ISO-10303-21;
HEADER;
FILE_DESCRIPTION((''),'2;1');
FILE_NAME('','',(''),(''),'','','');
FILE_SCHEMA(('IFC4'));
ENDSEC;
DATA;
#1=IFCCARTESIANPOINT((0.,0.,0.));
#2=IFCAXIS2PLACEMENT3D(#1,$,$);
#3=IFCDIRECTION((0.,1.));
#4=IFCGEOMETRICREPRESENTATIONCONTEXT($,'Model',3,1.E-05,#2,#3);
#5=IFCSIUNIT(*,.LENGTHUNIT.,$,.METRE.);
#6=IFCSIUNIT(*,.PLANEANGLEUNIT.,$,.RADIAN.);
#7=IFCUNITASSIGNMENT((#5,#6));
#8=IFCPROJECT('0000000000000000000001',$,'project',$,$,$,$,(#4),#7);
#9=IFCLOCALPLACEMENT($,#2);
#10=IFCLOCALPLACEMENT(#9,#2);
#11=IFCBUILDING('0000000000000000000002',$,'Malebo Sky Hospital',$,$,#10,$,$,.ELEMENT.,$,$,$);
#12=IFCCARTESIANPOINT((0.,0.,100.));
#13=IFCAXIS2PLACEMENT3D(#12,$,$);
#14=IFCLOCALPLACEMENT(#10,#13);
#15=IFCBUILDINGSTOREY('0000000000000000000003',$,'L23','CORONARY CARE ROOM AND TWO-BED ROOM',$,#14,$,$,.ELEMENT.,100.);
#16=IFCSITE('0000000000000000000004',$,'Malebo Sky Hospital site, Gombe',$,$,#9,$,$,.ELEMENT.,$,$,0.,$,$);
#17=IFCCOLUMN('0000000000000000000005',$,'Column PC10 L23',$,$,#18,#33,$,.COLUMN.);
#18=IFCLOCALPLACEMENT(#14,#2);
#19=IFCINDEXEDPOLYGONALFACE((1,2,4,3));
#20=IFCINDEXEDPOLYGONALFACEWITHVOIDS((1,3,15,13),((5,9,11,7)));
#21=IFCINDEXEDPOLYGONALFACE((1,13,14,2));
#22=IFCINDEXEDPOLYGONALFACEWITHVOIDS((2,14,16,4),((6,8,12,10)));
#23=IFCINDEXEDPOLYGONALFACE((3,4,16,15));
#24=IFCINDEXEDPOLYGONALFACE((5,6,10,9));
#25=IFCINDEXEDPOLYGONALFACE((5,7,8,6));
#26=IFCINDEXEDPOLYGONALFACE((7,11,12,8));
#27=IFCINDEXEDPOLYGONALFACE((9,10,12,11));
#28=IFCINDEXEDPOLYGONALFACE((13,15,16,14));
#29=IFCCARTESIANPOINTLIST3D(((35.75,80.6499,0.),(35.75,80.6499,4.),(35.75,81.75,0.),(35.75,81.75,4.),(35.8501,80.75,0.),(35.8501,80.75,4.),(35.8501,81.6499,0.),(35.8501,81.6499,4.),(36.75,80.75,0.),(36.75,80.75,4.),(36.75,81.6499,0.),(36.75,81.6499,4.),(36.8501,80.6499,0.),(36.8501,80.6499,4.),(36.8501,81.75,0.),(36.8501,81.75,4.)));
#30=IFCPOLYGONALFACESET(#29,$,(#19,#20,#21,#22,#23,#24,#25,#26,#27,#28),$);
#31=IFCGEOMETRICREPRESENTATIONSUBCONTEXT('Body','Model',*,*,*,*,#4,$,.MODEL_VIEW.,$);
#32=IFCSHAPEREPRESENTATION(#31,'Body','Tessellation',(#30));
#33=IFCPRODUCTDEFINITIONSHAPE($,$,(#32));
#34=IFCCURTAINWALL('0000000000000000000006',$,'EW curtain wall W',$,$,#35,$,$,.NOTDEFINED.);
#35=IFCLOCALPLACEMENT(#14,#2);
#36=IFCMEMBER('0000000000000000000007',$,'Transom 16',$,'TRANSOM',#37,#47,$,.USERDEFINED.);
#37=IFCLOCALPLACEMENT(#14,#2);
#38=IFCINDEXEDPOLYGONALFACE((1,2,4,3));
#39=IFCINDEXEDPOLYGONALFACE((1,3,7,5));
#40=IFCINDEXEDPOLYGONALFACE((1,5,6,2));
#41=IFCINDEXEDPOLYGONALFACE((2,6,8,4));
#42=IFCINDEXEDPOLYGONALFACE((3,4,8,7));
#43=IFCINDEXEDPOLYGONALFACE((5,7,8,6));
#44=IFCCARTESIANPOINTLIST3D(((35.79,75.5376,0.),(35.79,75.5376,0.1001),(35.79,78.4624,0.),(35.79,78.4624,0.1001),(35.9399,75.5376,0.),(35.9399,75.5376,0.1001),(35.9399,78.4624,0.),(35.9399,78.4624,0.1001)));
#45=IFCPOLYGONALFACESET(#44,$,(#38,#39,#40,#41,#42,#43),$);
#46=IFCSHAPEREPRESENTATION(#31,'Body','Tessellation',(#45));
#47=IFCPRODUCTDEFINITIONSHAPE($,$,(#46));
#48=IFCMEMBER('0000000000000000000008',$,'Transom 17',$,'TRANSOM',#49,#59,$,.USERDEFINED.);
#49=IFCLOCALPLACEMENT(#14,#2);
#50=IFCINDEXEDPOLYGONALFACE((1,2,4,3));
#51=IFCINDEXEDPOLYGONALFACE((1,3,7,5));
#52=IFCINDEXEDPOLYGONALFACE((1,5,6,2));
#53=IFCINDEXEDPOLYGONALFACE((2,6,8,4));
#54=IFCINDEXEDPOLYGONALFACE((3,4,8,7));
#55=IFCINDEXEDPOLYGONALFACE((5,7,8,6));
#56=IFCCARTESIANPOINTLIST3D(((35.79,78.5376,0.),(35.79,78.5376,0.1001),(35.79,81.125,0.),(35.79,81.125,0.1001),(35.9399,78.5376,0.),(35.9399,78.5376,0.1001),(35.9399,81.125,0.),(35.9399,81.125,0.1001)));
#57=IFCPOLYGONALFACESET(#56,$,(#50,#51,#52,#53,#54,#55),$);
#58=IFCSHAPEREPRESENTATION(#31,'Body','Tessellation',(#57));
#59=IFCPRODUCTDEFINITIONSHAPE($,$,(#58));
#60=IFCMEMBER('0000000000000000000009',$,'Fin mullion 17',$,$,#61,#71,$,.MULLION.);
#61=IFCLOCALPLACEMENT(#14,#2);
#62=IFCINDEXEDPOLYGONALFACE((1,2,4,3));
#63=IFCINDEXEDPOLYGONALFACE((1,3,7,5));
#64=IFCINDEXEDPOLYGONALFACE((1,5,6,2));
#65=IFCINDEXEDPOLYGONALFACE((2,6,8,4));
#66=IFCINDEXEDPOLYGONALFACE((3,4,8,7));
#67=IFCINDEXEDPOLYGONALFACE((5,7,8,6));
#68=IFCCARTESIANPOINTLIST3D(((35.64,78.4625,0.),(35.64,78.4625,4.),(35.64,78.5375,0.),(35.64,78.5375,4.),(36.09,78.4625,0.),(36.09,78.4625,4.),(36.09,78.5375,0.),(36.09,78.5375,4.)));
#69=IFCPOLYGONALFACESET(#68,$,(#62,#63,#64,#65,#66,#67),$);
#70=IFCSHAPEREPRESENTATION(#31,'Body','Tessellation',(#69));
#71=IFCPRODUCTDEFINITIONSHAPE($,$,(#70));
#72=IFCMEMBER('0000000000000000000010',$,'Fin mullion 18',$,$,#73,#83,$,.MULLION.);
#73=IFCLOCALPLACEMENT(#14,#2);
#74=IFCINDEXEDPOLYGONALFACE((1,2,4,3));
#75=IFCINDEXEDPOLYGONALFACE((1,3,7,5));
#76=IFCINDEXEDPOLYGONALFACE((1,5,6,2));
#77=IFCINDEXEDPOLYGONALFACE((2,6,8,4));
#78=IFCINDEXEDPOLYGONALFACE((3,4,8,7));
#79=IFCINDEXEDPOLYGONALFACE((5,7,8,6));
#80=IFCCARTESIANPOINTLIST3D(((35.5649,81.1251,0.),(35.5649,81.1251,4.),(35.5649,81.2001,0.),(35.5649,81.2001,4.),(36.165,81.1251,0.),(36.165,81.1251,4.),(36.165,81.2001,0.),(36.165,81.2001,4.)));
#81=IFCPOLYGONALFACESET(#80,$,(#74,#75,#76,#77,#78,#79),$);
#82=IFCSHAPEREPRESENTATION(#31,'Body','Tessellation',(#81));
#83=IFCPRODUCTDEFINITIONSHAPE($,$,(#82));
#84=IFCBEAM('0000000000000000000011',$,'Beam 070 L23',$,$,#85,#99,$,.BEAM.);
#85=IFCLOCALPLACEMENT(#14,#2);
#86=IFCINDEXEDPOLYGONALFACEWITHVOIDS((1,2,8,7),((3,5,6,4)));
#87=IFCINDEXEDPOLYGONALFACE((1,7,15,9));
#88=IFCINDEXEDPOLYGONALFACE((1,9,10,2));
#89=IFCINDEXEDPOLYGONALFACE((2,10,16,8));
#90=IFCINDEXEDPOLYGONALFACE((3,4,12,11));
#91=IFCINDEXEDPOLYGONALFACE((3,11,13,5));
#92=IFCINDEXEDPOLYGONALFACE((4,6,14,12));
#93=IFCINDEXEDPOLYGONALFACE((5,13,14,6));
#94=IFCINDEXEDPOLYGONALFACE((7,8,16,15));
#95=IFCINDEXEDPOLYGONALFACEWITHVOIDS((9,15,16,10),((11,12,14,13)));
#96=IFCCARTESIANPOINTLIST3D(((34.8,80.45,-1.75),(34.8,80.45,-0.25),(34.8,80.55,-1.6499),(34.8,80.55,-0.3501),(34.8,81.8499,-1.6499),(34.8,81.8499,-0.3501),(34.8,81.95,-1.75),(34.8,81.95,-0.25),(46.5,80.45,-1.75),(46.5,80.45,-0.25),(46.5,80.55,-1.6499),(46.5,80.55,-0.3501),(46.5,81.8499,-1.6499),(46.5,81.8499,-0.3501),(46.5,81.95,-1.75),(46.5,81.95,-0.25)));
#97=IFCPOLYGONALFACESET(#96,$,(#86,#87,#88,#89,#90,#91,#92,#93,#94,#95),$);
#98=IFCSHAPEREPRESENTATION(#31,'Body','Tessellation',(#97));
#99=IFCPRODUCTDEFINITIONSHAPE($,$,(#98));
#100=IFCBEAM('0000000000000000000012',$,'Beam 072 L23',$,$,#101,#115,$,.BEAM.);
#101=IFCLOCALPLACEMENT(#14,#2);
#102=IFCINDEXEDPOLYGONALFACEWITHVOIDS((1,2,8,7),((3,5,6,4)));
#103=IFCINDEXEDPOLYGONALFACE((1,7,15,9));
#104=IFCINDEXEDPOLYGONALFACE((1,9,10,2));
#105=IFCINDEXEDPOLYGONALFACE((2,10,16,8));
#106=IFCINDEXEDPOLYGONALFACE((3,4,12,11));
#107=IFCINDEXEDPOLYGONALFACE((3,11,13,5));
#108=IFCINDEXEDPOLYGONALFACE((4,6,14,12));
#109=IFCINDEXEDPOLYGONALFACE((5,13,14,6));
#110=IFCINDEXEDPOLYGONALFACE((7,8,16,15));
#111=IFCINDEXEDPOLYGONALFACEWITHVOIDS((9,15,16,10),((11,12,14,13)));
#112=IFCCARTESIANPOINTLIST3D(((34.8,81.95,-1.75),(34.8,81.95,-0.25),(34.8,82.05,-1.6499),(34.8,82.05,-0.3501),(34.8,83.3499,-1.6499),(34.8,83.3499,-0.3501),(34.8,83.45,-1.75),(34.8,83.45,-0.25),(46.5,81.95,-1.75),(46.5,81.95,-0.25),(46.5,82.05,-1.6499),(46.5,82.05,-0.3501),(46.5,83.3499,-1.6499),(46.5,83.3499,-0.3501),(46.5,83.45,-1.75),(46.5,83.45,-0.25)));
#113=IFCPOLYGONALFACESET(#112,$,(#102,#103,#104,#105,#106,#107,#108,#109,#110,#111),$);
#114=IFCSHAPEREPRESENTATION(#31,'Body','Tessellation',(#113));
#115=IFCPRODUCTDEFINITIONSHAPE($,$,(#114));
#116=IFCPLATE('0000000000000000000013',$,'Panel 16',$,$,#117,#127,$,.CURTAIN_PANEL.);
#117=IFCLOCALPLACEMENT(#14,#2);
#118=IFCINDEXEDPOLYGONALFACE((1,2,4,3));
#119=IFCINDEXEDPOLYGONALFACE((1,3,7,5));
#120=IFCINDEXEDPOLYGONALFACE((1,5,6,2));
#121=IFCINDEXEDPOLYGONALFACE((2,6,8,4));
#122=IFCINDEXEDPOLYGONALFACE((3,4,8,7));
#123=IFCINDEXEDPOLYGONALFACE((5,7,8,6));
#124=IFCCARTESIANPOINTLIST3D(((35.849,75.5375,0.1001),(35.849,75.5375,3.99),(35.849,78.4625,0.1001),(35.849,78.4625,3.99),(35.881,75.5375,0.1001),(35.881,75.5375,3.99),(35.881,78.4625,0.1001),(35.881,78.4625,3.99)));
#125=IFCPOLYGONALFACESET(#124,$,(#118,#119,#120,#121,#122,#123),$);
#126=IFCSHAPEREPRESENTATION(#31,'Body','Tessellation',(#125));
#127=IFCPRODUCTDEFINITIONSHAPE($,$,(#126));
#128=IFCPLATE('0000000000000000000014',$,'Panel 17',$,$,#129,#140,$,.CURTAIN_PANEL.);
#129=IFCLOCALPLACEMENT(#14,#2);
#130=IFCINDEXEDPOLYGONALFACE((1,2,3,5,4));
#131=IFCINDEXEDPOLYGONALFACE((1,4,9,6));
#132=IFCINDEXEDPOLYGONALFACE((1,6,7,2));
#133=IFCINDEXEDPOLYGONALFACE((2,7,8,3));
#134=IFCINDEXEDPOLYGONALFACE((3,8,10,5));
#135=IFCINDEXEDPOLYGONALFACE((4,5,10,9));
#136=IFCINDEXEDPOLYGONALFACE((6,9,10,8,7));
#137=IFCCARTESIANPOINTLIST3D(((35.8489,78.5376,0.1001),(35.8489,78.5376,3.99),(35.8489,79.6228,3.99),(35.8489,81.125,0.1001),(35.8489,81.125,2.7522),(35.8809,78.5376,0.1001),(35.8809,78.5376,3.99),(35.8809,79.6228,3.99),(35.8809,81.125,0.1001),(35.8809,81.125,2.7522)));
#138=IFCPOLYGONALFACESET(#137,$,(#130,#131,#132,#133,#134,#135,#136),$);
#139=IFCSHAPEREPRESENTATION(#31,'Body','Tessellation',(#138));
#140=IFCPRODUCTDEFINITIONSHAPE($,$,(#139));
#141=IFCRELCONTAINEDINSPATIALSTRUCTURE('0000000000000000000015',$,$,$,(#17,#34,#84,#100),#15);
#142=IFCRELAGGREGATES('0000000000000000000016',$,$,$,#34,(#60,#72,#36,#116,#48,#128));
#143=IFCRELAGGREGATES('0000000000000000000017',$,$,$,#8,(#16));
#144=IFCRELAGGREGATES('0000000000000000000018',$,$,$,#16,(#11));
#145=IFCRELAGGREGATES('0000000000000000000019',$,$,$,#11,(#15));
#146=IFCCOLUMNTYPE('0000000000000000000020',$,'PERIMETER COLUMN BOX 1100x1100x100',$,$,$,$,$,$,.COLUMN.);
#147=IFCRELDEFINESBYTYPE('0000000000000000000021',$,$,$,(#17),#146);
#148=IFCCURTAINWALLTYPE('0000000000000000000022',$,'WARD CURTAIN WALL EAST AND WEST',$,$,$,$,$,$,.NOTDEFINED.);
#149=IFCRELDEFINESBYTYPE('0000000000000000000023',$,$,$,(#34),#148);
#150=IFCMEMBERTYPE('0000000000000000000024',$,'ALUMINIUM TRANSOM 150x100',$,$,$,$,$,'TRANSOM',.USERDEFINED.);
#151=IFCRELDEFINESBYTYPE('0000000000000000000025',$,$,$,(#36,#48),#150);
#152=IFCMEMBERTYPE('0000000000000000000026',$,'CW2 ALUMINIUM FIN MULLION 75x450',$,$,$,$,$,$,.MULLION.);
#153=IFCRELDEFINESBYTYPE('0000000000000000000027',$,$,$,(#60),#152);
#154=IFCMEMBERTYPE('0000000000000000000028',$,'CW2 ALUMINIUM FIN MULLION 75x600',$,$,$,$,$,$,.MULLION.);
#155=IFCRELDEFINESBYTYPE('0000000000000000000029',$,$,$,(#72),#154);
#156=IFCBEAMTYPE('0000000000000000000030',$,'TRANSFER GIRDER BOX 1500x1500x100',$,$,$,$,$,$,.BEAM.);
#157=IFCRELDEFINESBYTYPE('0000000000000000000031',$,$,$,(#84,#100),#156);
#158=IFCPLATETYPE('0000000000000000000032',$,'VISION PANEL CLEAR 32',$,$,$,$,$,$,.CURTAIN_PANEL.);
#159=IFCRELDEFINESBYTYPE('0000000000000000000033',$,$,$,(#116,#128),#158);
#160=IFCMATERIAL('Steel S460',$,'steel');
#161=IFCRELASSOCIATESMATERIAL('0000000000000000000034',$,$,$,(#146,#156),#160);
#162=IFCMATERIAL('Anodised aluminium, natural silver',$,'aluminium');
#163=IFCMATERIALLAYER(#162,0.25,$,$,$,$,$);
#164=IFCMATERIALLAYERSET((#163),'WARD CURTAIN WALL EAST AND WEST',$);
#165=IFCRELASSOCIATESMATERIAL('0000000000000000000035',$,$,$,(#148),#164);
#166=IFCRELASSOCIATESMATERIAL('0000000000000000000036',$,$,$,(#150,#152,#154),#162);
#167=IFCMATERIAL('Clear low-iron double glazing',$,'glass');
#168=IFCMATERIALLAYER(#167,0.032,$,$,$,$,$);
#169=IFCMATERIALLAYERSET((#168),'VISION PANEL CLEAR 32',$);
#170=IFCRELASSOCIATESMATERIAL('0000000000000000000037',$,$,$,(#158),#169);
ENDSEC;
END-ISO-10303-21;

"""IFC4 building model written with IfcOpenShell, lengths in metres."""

from ifc_helpers import new_model, si_unit, direction, frame, origin, origin_2d, place, context, subcontext, project, spatial, polyline, rectangle, hollow_rectangle, outline, extrude, material, layer, layer_set, material_profile, profile_set, type_object, element, aggregate, save


model = new_model("IFC4")

# Units and contexts
model_context = context("Model", 3, precision=1e-05, world=origin(), true_north=direction((0.0, 1.0)))
body_context = subcontext(model_context, "Body", "Model", "MODEL_VIEW")
ifc_project = project(units=[si_unit("LENGTHUNIT", "METRE"), si_unit("PLANEANGLEUNIT", "RADIAN")], contexts=[model_context])

# Site, building, storey
site_placement = place(None, origin())
site = spatial("IfcSite", under=ifc_project, at=site_placement, Name="Malebo Sky Hospital site, Gombe", CompositionType="ELEMENT", RefElevation=0.0)
building_placement = place(site_placement, origin())
building = spatial("IfcBuilding", under=site, at=building_placement, Name="Malebo Sky Hospital", CompositionType="ELEMENT")
storey_placement = place(building_placement, frame((0.0, 0.0, 100.0)))
storey = spatial("IfcBuildingStorey", under=building, at=storey_placement, Name="L23", Description="CORONARY CARE ROOM AND TWO-BED ROOM", CompositionType="ELEMENT", Elevation=100.0)

# Column
ifc_material_1 = material(Name="Steel S460", Category="steel")
ifc_material_profile_1 = material_profile(ifc_material_1, hollow_rectangle(XDim=1.1001, YDim=1.1001, WallThickness=0.1001, at=origin_2d()), Name="BOX 1100x1100x100")
ifc_profile_set_1 = profile_set([ifc_material_profile_1], Name="Steel S460")
column_type = type_object("IfcColumnType", Name="PERIMETER COLUMN BOX 1100x1100x100", PredefinedType="COLUMN", material=ifc_profile_set_1)
column_placement = place(storey_placement, frame((36.3, 81.2, 0.0), z_axis=(0.0, 0.0, 1.0), x_axis=(1.0, 0.0, 0.0)))
element("IfcColumn", 1, at=column_placement, inside=storey, type_object=column_type, Name="Column PC10 L23", PredefinedType="COLUMN", context=body_context, shape_type="SweptSolid", body=[
    extrude(hollow_rectangle(XDim=1.1001, YDim=1.1001, WallThickness=0.1001, at=origin_2d()), origin(), (0.0, 0.0, 1.0), 4.0),
])

# Curtain wall, members
ifc_material_2 = material(Name="Anodised aluminium, natural silver", Category="aluminium")
ifc_layer_1 = layer(ifc_material_2, 0.25)
ifc_layer_set_1 = layer_set([ifc_layer_1], Name="WARD CURTAIN WALL EAST AND WEST")
curtain_wall_type = type_object("IfcCurtainWallType", Name="WARD CURTAIN WALL EAST AND WEST", PredefinedType="NOTDEFINED", material=ifc_layer_set_1)
curtain_wall_placement = place(storey_placement, origin())
curtain_wall = element("IfcCurtainWall", 2, at=curtain_wall_placement, inside=storey, type_object=curtain_wall_type, Name="EW curtain wall W", PredefinedType="NOTDEFINED")
ifc_material_profile_2 = material_profile(ifc_material_2, rectangle(XDim=0.1499, YDim=0.1001, at=origin_2d()), Name="ALUMINIUM TRANSOM 150x100")
ifc_profile_set_2 = profile_set([ifc_material_profile_2], Name="Anodised aluminium, natural silver")
member_type_1 = type_object("IfcMemberType", Name="ALUMINIUM TRANSOM 150x100", ElementType="TRANSOM", PredefinedType="USERDEFINED", material=ifc_profile_set_2)
member_1_placement = place(storey_placement, frame((35.865, 75.5376, 0.05), z_axis=(0.0, 1.0, 0.0), x_axis=(-1.0, 0.0, 0.0)))
member_1 = element("IfcMember", 3, at=member_1_placement, type_object=member_type_1, Name="Transom 16", ObjectType="TRANSOM", PredefinedType="USERDEFINED", context=body_context, shape_type="SweptSolid", body=[
    extrude(rectangle(XDim=0.1499, YDim=0.1001, at=origin_2d()), origin(), (0.0, 0.0, 1.0), 2.9248),
])
member_2_placement = place(storey_placement, frame((35.865, 78.5376, 0.05), z_axis=(0.0, 1.0, 0.0), x_axis=(-1.0, 0.0, 0.0)))
member_2 = element("IfcMember", 4, at=member_2_placement, type_object=member_type_1, Name="Transom 17", ObjectType="TRANSOM", PredefinedType="USERDEFINED", context=body_context, shape_type="SweptSolid", body=[
    extrude(rectangle(XDim=0.1499, YDim=0.1001, at=origin_2d()), origin(), (0.0, 0.0, 1.0), 2.5874),
])
ifc_material_profile_3 = material_profile(ifc_material_2, rectangle(XDim=0.075, YDim=0.45, at=origin_2d()), Name="CW2 ALUMINIUM FIN MULLION 75x450")
ifc_profile_set_3 = profile_set([ifc_material_profile_3], Name="Anodised aluminium, natural silver")
member_type_2 = type_object("IfcMemberType", Name="CW2 ALUMINIUM FIN MULLION 75x450", PredefinedType="MULLION", material=ifc_profile_set_3)
member_3_placement = place(storey_placement, frame((35.865, 78.5, 0.0), z_axis=(0.0, 0.0, 1.0), x_axis=(0.0, 1.0, 0.0)))
member_3 = element("IfcMember", 5, at=member_3_placement, type_object=member_type_2, Name="Fin mullion 17", PredefinedType="MULLION", context=body_context, shape_type="SweptSolid", body=[
    extrude(rectangle(XDim=0.075, YDim=0.45, at=origin_2d()), origin(), (0.0, 0.0, 1.0), 4.0),
])
ifc_material_profile_4 = material_profile(ifc_material_2, rectangle(XDim=0.075, YDim=0.6001, at=origin_2d()), Name="CW2 ALUMINIUM FIN MULLION 75x600")
ifc_profile_set_4 = profile_set([ifc_material_profile_4], Name="Anodised aluminium, natural silver")
member_type_3 = type_object("IfcMemberType", Name="CW2 ALUMINIUM FIN MULLION 75x600", PredefinedType="MULLION", material=ifc_profile_set_4)
member_4_placement = place(storey_placement, frame((35.865, 81.1626, 0.0), z_axis=(0.0, 0.0, 1.0), x_axis=(0.0, 1.0, 0.0)))
member_4 = element("IfcMember", 6, at=member_4_placement, type_object=member_type_3, Name="Fin mullion 18", PredefinedType="MULLION", context=body_context, shape_type="SweptSolid", body=[
    extrude(rectangle(XDim=0.075, YDim=0.6001, at=origin_2d()), origin(), (0.0, 0.0, 1.0), 4.0),
])

# Beams
ifc_material_profile_5 = material_profile(ifc_material_1, hollow_rectangle(XDim=1.5, YDim=1.5, WallThickness=0.1001, at=origin_2d()), Name="BOX 1500x1500x100")
ifc_profile_set_5 = profile_set([ifc_material_profile_5], Name="Steel S460")
beam_type = type_object("IfcBeamType", Name="TRANSFER GIRDER BOX 1500x1500x100", PredefinedType="BEAM", material=ifc_profile_set_5)
for number, where, z_axis, x_axis, name in (
    (7, (34.8, 81.2, -1.0), (1.0, 0.0, 0.0), (0.0, 1.0, 0.0), "Beam 070 L23"),
    (8, (34.8, 82.7, -1.0), (1.0, 0.0, 0.0), (0.0, 1.0, 0.0), "Beam 072 L23"),
):
    element("IfcBeam", number, at=place(storey_placement, frame(where, z_axis=z_axis, x_axis=x_axis)), inside=storey, type_object=beam_type, Name=name, PredefinedType="BEAM", context=body_context, shape_type="SweptSolid", body=[
        extrude(hollow_rectangle(XDim=1.5, YDim=1.5, WallThickness=0.1001, at=origin_2d()), origin(), (0.0, 0.0, 1.0), 11.7),
    ])

# Plates
ifc_material_3 = material(Name="Clear low-iron double glazing", Category="glass")
ifc_layer_2 = layer(ifc_material_3, 0.032)
ifc_layer_set_2 = layer_set([ifc_layer_2], Name="VISION PANEL CLEAR 32")
plate_type = type_object("IfcPlateType", Name="VISION PANEL CLEAR 32", PredefinedType="CURTAIN_PANEL", material=ifc_layer_set_2)
plate_1_placement = place(storey_placement, frame((35.865, 77.0, 0.1001), z_axis=(0.0, 0.0, 1.0), x_axis=(0.0, 1.0, 0.0)))
plate_1 = element("IfcPlate", 9, at=plate_1_placement, type_object=plate_type, Name="Panel 16", PredefinedType="CURTAIN_PANEL", context=body_context, shape_type="SweptSolid", body=[
    extrude(rectangle(XDim=2.925, YDim=0.032, at=origin_2d()), origin(), (0.0, 0.0, 1.0), 3.8899),
])
plate_2_placement = place(storey_placement, frame((35.865, 79.8313, 0.1001), z_axis=(0.0, 0.0, 1.0), x_axis=(0.0, 1.0, 0.0)))
plate_2 = element("IfcPlate", 10, at=plate_2_placement, type_object=plate_type, Name="Panel 17", PredefinedType="CURTAIN_PANEL", context=body_context, shape_type="SweptSolid", body=[
    extrude(outline(polyline([(-1.2937, 0.0), (1.2937, 0.0), (1.2937, 2.6521), (-0.2085, 3.8899), (-1.2937, 3.8899), (-1.2937, 0.0)])), frame((0.0, 0.0161, 0.0), z_axis=(0.0, -1.0, 0.0), x_axis=(1.0, 0.0, 0.0)), (0.0, 0.0, 1.0), 0.032),
])
aggregate(curtain_wall, [member_3, member_4, member_1, plate_1, member_2, plate_2])

save(model, "model.ifc")
